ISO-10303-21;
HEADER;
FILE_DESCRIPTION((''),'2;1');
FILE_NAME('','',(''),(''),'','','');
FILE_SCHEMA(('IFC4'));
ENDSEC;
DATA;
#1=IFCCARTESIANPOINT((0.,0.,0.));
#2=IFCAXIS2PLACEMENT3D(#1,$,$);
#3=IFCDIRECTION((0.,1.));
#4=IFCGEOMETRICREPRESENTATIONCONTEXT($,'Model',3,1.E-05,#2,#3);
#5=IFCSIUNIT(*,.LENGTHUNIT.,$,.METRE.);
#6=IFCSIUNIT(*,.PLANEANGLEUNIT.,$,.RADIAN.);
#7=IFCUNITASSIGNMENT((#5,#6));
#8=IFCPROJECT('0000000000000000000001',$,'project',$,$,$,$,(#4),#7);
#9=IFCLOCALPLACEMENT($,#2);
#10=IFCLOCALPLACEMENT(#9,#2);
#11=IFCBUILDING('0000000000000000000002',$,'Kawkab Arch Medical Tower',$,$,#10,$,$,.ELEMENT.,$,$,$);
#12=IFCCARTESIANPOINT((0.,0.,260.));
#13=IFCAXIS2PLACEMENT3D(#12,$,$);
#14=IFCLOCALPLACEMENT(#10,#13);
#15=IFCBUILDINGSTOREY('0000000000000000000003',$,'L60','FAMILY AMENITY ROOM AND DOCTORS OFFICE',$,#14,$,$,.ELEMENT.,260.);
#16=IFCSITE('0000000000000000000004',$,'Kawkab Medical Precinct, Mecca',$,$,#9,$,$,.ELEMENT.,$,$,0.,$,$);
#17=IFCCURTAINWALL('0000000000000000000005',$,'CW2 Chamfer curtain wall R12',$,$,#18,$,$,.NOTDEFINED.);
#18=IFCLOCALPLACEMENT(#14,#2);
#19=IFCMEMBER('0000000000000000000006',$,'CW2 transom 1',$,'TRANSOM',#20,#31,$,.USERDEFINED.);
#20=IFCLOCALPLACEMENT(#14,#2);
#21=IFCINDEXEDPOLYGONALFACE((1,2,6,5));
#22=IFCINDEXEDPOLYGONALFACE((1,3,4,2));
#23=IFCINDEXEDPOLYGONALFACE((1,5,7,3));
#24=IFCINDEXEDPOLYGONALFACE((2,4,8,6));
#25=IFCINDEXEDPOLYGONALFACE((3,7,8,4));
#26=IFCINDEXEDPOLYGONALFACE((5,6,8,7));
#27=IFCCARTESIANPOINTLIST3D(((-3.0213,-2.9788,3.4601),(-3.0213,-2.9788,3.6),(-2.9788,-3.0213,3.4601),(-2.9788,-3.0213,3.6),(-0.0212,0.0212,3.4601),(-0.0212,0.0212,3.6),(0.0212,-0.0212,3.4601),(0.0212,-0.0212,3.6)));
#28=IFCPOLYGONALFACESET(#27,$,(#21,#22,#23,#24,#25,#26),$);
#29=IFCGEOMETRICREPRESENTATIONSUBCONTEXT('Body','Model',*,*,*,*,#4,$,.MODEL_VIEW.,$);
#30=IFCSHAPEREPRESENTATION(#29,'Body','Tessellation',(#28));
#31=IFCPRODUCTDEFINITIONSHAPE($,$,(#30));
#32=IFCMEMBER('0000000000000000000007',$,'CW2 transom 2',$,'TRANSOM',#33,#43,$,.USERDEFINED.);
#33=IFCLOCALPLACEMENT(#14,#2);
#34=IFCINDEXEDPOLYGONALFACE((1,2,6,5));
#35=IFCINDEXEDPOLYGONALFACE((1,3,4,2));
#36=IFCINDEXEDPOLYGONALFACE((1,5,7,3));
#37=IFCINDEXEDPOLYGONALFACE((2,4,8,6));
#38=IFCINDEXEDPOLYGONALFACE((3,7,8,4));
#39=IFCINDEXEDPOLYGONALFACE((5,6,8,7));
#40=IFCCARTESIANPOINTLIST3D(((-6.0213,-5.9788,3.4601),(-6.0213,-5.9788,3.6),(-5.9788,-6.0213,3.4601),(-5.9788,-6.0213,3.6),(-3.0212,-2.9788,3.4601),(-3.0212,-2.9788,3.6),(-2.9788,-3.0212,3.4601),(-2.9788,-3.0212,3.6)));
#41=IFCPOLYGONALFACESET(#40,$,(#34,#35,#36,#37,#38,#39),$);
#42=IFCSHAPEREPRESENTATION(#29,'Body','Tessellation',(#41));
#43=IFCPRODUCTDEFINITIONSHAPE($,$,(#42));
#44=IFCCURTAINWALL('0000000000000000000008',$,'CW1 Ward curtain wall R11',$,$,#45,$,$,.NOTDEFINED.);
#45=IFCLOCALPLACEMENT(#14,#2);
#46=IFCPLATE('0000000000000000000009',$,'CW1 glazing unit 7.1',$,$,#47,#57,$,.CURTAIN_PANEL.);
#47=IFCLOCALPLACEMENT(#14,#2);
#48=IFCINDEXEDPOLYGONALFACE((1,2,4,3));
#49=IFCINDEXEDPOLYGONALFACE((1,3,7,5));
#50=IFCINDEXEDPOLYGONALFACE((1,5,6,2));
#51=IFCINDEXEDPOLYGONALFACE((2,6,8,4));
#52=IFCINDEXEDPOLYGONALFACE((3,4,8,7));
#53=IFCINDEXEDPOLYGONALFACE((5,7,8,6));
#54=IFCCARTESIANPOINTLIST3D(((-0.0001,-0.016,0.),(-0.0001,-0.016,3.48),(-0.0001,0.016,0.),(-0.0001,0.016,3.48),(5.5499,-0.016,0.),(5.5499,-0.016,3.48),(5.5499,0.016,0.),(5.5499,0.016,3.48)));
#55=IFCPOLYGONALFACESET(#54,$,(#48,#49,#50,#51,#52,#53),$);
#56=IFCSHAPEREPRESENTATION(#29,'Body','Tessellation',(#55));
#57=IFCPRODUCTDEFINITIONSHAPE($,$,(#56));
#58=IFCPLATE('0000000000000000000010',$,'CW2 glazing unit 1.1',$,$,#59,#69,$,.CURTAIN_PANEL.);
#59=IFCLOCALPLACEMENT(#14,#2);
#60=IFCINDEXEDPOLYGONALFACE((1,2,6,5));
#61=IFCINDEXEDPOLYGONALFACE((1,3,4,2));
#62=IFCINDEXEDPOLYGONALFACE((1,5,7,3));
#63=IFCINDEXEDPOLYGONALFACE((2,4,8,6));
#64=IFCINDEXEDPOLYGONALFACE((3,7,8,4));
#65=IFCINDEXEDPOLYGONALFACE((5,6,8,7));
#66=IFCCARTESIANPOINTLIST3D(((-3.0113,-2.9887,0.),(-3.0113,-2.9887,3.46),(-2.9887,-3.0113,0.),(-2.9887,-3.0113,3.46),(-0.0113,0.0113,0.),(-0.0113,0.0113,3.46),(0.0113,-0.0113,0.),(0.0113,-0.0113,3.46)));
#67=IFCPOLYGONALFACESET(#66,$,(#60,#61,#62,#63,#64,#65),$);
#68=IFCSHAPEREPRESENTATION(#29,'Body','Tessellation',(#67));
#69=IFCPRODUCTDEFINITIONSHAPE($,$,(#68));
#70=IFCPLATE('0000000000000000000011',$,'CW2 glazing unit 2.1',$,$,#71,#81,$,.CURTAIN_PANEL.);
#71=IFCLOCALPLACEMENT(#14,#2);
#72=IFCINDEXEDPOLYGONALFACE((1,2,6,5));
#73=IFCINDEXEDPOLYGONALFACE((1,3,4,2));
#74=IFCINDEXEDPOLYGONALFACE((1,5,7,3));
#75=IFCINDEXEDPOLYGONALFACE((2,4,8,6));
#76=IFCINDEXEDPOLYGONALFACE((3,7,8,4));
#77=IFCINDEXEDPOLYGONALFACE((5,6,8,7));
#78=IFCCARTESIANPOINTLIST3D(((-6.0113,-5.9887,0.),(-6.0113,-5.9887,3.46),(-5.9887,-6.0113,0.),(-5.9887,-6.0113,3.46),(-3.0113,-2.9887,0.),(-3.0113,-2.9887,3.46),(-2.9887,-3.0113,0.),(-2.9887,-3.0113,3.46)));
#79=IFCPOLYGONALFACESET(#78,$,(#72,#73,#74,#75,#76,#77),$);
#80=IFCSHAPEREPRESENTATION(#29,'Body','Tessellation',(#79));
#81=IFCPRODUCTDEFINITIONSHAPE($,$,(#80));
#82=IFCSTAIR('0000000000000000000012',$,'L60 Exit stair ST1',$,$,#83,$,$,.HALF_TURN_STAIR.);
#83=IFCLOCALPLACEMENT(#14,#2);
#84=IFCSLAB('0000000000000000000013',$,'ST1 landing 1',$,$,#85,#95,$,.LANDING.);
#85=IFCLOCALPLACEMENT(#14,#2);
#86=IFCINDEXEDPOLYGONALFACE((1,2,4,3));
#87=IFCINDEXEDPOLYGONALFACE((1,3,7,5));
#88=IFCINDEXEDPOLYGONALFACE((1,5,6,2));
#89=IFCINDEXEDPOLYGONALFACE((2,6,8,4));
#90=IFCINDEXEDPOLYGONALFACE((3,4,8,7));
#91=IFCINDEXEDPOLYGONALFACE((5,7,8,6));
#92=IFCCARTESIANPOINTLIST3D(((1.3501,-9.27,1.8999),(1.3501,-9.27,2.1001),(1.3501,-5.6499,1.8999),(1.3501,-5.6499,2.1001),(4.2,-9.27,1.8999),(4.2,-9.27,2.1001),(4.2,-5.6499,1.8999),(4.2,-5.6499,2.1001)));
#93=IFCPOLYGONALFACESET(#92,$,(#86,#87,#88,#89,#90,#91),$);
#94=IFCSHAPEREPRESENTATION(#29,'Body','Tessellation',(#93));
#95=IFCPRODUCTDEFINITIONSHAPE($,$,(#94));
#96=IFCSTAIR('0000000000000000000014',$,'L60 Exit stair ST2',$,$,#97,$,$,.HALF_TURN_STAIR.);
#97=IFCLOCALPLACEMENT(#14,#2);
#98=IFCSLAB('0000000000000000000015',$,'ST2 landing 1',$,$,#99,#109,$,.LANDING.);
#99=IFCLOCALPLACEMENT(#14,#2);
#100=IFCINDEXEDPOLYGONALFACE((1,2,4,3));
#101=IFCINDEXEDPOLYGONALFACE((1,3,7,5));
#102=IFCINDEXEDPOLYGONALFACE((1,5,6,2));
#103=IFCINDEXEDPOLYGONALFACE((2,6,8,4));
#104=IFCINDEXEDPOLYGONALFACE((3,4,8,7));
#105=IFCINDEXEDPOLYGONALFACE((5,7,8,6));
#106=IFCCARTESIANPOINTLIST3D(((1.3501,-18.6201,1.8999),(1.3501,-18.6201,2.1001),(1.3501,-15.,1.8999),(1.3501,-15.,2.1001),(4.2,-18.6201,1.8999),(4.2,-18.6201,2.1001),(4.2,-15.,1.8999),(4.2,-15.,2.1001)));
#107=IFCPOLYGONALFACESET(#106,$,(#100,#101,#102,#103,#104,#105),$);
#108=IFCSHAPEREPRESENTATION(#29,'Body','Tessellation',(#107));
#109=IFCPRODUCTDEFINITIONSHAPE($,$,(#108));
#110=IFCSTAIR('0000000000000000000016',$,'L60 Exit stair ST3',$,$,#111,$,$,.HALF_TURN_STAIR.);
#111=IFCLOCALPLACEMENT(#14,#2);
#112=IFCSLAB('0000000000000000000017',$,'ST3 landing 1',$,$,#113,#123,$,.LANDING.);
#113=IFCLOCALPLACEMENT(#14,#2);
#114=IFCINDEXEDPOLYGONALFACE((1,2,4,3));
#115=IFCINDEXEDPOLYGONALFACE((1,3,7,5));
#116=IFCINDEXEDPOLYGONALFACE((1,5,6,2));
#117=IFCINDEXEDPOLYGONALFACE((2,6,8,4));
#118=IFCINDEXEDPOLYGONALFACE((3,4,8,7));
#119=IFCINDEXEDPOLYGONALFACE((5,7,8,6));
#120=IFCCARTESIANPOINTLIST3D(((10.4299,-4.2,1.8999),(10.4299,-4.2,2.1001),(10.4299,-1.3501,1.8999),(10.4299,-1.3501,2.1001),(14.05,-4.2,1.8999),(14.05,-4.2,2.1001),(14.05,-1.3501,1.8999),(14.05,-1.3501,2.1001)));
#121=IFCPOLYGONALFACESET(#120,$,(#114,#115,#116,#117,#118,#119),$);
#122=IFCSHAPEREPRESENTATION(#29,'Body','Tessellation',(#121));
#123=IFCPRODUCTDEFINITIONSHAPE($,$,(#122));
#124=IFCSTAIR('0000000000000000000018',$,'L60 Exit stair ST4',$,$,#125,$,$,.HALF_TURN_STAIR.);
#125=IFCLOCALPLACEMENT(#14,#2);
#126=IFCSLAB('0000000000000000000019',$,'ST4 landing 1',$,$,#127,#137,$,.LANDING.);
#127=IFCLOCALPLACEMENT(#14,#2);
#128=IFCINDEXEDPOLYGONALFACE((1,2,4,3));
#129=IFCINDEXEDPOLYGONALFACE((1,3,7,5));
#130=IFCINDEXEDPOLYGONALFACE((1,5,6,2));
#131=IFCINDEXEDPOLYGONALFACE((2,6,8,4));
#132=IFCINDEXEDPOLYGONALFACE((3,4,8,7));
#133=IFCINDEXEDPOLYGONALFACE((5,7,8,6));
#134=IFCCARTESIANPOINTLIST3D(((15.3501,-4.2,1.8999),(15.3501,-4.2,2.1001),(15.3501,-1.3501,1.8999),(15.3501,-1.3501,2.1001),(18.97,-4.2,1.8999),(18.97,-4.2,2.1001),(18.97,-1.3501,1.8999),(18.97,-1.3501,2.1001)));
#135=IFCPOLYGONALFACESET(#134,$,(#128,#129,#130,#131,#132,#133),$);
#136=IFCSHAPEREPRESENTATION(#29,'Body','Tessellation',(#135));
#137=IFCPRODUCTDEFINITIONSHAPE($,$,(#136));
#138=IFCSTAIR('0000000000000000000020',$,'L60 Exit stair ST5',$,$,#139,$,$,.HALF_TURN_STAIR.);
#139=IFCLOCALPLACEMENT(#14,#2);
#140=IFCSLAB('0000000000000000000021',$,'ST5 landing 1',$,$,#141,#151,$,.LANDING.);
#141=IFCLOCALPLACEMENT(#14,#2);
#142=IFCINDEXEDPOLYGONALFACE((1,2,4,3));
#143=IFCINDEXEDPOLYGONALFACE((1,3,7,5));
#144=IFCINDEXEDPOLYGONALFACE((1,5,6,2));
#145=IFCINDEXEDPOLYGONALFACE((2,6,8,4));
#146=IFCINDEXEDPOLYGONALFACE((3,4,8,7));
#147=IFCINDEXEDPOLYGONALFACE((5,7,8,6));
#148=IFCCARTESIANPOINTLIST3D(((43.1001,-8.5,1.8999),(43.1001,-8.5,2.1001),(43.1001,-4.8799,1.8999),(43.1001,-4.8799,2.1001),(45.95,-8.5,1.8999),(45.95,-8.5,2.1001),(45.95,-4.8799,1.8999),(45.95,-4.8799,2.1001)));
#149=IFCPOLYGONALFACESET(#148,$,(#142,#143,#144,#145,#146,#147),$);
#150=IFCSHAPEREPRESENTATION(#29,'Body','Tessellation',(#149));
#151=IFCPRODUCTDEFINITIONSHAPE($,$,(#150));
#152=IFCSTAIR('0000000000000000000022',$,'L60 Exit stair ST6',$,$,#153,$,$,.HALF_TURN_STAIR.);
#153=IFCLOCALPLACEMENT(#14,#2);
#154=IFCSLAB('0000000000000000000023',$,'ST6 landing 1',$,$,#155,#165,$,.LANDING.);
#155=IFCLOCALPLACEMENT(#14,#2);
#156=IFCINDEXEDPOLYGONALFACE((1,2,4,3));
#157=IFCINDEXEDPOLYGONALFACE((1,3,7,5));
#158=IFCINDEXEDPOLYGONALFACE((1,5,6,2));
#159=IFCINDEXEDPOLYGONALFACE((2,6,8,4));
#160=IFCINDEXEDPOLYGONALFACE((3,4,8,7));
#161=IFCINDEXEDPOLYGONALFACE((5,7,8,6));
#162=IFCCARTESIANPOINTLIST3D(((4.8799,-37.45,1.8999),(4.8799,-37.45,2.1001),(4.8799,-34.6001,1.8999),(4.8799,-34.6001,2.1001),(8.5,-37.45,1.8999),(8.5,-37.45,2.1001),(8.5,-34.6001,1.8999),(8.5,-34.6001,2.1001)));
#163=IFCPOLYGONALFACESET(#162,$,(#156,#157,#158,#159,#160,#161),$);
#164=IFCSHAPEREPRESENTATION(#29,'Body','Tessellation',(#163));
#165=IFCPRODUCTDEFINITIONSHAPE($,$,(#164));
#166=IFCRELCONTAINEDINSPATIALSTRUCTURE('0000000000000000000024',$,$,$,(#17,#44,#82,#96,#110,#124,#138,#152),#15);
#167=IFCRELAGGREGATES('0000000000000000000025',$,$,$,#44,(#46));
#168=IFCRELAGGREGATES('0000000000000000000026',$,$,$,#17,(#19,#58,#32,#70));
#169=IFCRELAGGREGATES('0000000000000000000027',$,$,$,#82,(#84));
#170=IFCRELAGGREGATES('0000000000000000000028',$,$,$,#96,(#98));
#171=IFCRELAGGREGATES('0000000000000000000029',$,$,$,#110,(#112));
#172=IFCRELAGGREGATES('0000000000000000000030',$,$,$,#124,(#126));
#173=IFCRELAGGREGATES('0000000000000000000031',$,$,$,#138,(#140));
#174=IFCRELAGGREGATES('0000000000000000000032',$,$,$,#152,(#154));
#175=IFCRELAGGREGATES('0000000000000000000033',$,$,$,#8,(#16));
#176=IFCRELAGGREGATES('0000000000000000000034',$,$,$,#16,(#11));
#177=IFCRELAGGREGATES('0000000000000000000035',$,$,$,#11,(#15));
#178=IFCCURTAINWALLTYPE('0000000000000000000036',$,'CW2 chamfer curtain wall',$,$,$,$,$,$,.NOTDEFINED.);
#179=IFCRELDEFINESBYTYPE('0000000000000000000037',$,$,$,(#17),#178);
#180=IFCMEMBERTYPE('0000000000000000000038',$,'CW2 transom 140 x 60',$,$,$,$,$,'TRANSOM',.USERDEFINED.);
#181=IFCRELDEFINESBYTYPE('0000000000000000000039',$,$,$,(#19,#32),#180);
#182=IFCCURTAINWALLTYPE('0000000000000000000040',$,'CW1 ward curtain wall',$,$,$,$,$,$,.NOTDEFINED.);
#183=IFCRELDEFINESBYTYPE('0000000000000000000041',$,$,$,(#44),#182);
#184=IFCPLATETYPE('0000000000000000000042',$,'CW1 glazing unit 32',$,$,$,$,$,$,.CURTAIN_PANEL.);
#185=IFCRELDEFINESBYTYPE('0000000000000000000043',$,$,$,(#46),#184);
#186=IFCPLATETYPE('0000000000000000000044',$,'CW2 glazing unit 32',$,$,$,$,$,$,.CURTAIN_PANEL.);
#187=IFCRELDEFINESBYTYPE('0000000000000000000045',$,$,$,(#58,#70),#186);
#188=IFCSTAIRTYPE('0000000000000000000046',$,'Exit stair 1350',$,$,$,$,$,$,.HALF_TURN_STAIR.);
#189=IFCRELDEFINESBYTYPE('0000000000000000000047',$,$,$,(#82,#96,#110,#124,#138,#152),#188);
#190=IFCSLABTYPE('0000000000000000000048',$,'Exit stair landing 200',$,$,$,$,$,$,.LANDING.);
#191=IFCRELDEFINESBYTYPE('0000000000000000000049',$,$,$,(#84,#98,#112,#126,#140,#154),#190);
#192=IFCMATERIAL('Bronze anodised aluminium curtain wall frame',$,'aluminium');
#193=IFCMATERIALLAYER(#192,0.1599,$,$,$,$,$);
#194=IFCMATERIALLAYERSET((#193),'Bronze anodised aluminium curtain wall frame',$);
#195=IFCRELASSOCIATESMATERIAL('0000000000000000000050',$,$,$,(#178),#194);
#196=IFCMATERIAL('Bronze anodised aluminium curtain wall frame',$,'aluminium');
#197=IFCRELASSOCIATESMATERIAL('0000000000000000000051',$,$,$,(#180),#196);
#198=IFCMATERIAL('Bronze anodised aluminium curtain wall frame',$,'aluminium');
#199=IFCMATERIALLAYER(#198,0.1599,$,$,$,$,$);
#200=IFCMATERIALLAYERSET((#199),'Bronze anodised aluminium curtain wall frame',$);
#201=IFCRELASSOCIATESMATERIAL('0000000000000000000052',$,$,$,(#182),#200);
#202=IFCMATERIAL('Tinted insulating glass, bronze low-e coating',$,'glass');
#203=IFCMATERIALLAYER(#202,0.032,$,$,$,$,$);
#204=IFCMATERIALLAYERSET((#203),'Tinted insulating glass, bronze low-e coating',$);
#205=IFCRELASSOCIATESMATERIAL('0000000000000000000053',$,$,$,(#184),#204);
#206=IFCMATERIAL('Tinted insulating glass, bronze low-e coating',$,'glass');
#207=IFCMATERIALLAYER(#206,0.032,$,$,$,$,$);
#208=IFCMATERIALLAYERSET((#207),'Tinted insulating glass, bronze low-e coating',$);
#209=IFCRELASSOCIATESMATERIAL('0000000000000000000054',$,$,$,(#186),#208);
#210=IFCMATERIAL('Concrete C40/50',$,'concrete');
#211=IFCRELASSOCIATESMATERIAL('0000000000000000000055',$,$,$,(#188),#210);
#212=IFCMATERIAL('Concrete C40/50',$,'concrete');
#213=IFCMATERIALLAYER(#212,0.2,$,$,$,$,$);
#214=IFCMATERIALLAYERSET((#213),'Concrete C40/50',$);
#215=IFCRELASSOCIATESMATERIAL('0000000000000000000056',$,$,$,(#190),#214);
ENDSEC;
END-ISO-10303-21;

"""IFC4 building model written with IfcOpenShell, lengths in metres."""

from ifc_helpers import new_model, si_unit, direction, frame, origin, origin_2d, place, context, subcontext, project, spatial, polyline, rectangle, outline, extrude, material, layer, layer_set, material_profile, profile_set, type_object, element, aggregate, save


model = new_model("IFC4")

# Units and contexts
model_context = context("Model", 3, precision=1e-05, world=origin(), true_north=direction((0.0, 1.0)))
body_context = subcontext(model_context, "Body", "Model", "MODEL_VIEW")
ifc_project = project(units=[si_unit("LENGTHUNIT", "METRE"), si_unit("PLANEANGLEUNIT", "RADIAN")], contexts=[model_context])

# Site, building, storey
site_placement = place(None, origin())
site = spatial("IfcSite", under=ifc_project, at=site_placement, Name="Kawkab Medical Precinct, Mecca", CompositionType="ELEMENT", RefElevation=0.0)
building_placement = place(site_placement, origin())
building = spatial("IfcBuilding", under=site, at=building_placement, Name="Kawkab Arch Medical Tower", CompositionType="ELEMENT")
storey_placement = place(building_placement, frame((0.0, 0.0, 260.0)))
storey = spatial("IfcBuildingStorey", under=building, at=storey_placement, Name="L60", Description="FAMILY AMENITY ROOM AND DOCTORS OFFICE", CompositionType="ELEMENT", Elevation=260.0)

# Curtain wall, members
ifc_material_1 = material(Name="Bronze anodised aluminium curtain wall frame", Category="aluminium")
ifc_layer_1 = layer(ifc_material_1, 0.1599)
ifc_layer_set_1 = layer_set([ifc_layer_1], Name="Bronze anodised aluminium curtain wall frame")
curtain_wall_type_1 = type_object("IfcCurtainWallType", Name="CW2 chamfer curtain wall", PredefinedType="NOTDEFINED", material=ifc_layer_set_1)
placement_1 = place(storey_placement, origin())
curtain_wall_1 = element("IfcCurtainWall", 1, at=placement_1, inside=storey, type_object=curtain_wall_type_1, Name="CW2 Chamfer curtain wall R12", PredefinedType="NOTDEFINED")
ifc_material_2 = material(Name="Bronze anodised aluminium curtain wall frame", Category="aluminium")
ifc_material_profile_1 = material_profile(ifc_material_2, rectangle(XDim=0.0601, YDim=0.1399, at=origin_2d()), Name="AL 60x140")
ifc_profile_set_1 = profile_set([ifc_material_profile_1], Name="Bronze anodised aluminium curtain wall frame")
member_type = type_object("IfcMemberType", Name="CW2 transom 140 x 60", ElementType="TRANSOM", PredefinedType="USERDEFINED", material=ifc_profile_set_1)
member_1_placement = place(storey_placement, frame((0.0, 0.0, 3.53), z_axis=(-0.707107, -0.707107, 0.0), x_axis=(0.707107, -0.707107, 0.0)))
member_1 = element("IfcMember", 2, at=member_1_placement, type_object=member_type, Name="CW2 transom 1", ObjectType="TRANSOM", PredefinedType="USERDEFINED", context=body_context, shape_type="SweptSolid", body=[
    extrude(rectangle(XDim=0.0601, YDim=0.1399, at=origin_2d()), origin(), (0.0, 0.0, 1.0), 4.2427),
])
member_2_placement = place(storey_placement, frame((-3.0, -3.0, 3.53), z_axis=(-0.707107, -0.707107, 0.0), x_axis=(0.707107, -0.707107, 0.0)))
member_2 = element("IfcMember", 3, at=member_2_placement, type_object=member_type, Name="CW2 transom 2", ObjectType="TRANSOM", PredefinedType="USERDEFINED", context=body_context, shape_type="SweptSolid", body=[
    extrude(rectangle(XDim=0.0601, YDim=0.1399, at=origin_2d()), origin(), (0.0, 0.0, 1.0), 4.2427),
])

# Curtain wall, plate
ifc_material_3 = material(Name="Bronze anodised aluminium curtain wall frame", Category="aluminium")
ifc_layer_2 = layer(ifc_material_3, 0.1599)
ifc_layer_set_2 = layer_set([ifc_layer_2], Name="Bronze anodised aluminium curtain wall frame")
curtain_wall_type_2 = type_object("IfcCurtainWallType", Name="CW1 ward curtain wall", PredefinedType="NOTDEFINED", material=ifc_layer_set_2)
curtain_wall_2 = element("IfcCurtainWall", 4, at=placement_1, inside=storey, type_object=curtain_wall_type_2, Name="CW1 Ward curtain wall R11", PredefinedType="NOTDEFINED")
ifc_material_4 = material(Name="Tinted insulating glass, bronze low-e coating", Category="glass")
ifc_layer_3 = layer(ifc_material_4, 0.032)
ifc_layer_set_3 = layer_set([ifc_layer_3], Name="Tinted insulating glass, bronze low-e coating")
plate_type_1 = type_object("IfcPlateType", Name="CW1 glazing unit 32", PredefinedType="CURTAIN_PANEL", material=ifc_layer_set_3)
plate_1_placement = place(storey_placement, frame((2.7749, 0.0, 0.0), z_axis=(0.0, 0.0, 1.0), x_axis=(-1.0, 0.0, 0.0)))
plate_1 = element("IfcPlate", 5, at=plate_1_placement, type_object=plate_type_1, Name="CW1 glazing unit 7.1", PredefinedType="CURTAIN_PANEL", context=body_context, shape_type="SweptSolid", body=[
    extrude(rectangle(XDim=5.55, YDim=0.032, at=origin_2d()), origin(), (0.0, 0.0, 1.0), 3.48),
])
aggregate(curtain_wall_2, [plate_1])

# Plates
ifc_material_5 = material(Name="Tinted insulating glass, bronze low-e coating", Category="glass")
ifc_layer_4 = layer(ifc_material_5, 0.032)
ifc_layer_set_4 = layer_set([ifc_layer_4], Name="Tinted insulating glass, bronze low-e coating")
plate_type_2 = type_object("IfcPlateType", Name="CW2 glazing unit 32", PredefinedType="CURTAIN_PANEL", material=ifc_layer_set_4)
plate_2_placement = place(storey_placement, frame((-1.5, -1.5, 0.0), z_axis=(0.0, 0.0, 1.0), x_axis=(-0.707107, -0.707107, 0.0)))
plate_2 = element("IfcPlate", 6, at=plate_2_placement, type_object=plate_type_2, Name="CW2 glazing unit 1.1", PredefinedType="CURTAIN_PANEL", context=body_context, shape_type="SweptSolid", body=[
    extrude(rectangle(XDim=4.2427, YDim=0.032, at=origin_2d()), origin(), (0.0, 0.0, 1.0), 3.46),
])
plate_3_placement = place(storey_placement, frame((-4.5, -4.5, 0.0), z_axis=(0.0, 0.0, 1.0), x_axis=(-0.707107, -0.707107, 0.0)))
plate_3 = element("IfcPlate", 7, at=plate_3_placement, type_object=plate_type_2, Name="CW2 glazing unit 2.1", PredefinedType="CURTAIN_PANEL", context=body_context, shape_type="SweptSolid", body=[
    extrude(rectangle(XDim=4.2427, YDim=0.032, at=origin_2d()), origin(), (0.0, 0.0, 1.0), 3.46),
])
aggregate(curtain_wall_1, [member_1, plate_2, member_2, plate_3])

# Stairs, slabs
ifc_material_6 = material(Name="Concrete C40/50", Category="concrete")
stair_type = type_object("IfcStairType", Name="Exit stair 1350", PredefinedType="HALF_TURN_STAIR", material=ifc_material_6)
stair_1 = element("IfcStair", 8, at=placement_1, inside=storey, type_object=stair_type, Name="L60 Exit stair ST1", PredefinedType="HALF_TURN_STAIR")
ifc_material_7 = material(Name="Concrete C40/50", Category="concrete")
ifc_layer_5 = layer(ifc_material_7, 0.2)
ifc_layer_set_5 = layer_set([ifc_layer_5], Name="Concrete C40/50")
slab_type_1 = type_object("IfcSlabType", Name="Exit stair landing 200", PredefinedType="LANDING", material=ifc_layer_set_5)
placement_2 = place(storey_placement, frame((0.0, 0.0, 1.8999)))
slab_1 = element("IfcSlab", 9, at=placement_2, type_object=slab_type_1, Name="ST1 landing 1", PredefinedType="LANDING", context=body_context, shape_type="SweptSolid", body=[
    extrude(outline(polyline([(4.2, -9.27), (4.2, -5.6499), (1.3501, -5.6499), (1.3501, -9.27), (4.2, -9.27)])), origin(), (0.0, 0.0, 1.0), 0.2002),
])
aggregate(stair_1, [slab_1])
stair_2 = element("IfcStair", 10, at=placement_1, inside=storey, type_object=stair_type, Name="L60 Exit stair ST2", PredefinedType="HALF_TURN_STAIR")
slab_2 = element("IfcSlab", 11, at=placement_2, type_object=slab_type_1, Name="ST2 landing 1", PredefinedType="LANDING", context=body_context, shape_type="SweptSolid", body=[
    extrude(outline(polyline([(4.2, -18.6201), (4.2, -15.0), (1.3501, -15.0), (1.3501, -18.6201), (4.2, -18.6201)])), origin(), (0.0, 0.0, 1.0), 0.2002),
])
aggregate(stair_2, [slab_2])
stair_3 = element("IfcStair", 12, at=placement_1, inside=storey, type_object=stair_type, Name="L60 Exit stair ST3", PredefinedType="HALF_TURN_STAIR")
slab_3 = element("IfcSlab", 13, at=placement_2, type_object=slab_type_1, Name="ST3 landing 1", PredefinedType="LANDING", context=body_context, shape_type="SweptSolid", body=[
    extrude(outline(polyline([(10.4299, -4.2), (14.05, -4.2), (14.05, -1.3501), (10.4299, -1.3501), (10.4299, -4.2)])), origin(), (0.0, 0.0, 1.0), 0.2002),
])
aggregate(stair_3, [slab_3])
stair_4 = element("IfcStair", 14, at=placement_1, inside=storey, type_object=stair_type, Name="L60 Exit stair ST4", PredefinedType="HALF_TURN_STAIR")
slab_4 = element("IfcSlab", 15, at=placement_2, type_object=slab_type_1, Name="ST4 landing 1", PredefinedType="LANDING", context=body_context, shape_type="SweptSolid", body=[
    extrude(outline(polyline([(18.97, -1.3501), (15.3501, -1.3501), (15.3501, -4.2), (18.97, -4.2), (18.97, -1.3501)])), origin(), (0.0, 0.0, 1.0), 0.2002),
])
aggregate(stair_4, [slab_4])
stair_5 = element("IfcStair", 16, at=placement_1, inside=storey, type_object=stair_type, Name="L60 Exit stair ST5", PredefinedType="HALF_TURN_STAIR")
slab_5 = element("IfcSlab", 17, at=placement_2, type_object=slab_type_1, Name="ST5 landing 1", PredefinedType="LANDING", context=body_context, shape_type="SweptSolid", body=[
    extrude(outline(polyline([(43.1001, -4.8799), (43.1001, -8.5), (45.95, -8.5), (45.95, -4.8799), (43.1001, -4.8799)])), origin(), (0.0, 0.0, 1.0), 0.2002),
])
aggregate(stair_5, [slab_5])
stair_6 = element("IfcStair", 18, at=placement_1, inside=storey, type_object=stair_type, Name="L60 Exit stair ST6", PredefinedType="HALF_TURN_STAIR")
slab_6 = element("IfcSlab", 19, at=placement_2, type_object=slab_type_1, Name="ST6 landing 1", PredefinedType="LANDING", context=body_context, shape_type="SweptSolid", body=[
    extrude(outline(polyline([(4.8799, -37.45), (8.5, -37.45), (8.5, -34.6001), (4.8799, -34.6001), (4.8799, -37.45)])), origin(), (0.0, 0.0, 1.0), 0.2002),
])
aggregate(stair_6, [slab_6])

save(model, "model.ifc")
